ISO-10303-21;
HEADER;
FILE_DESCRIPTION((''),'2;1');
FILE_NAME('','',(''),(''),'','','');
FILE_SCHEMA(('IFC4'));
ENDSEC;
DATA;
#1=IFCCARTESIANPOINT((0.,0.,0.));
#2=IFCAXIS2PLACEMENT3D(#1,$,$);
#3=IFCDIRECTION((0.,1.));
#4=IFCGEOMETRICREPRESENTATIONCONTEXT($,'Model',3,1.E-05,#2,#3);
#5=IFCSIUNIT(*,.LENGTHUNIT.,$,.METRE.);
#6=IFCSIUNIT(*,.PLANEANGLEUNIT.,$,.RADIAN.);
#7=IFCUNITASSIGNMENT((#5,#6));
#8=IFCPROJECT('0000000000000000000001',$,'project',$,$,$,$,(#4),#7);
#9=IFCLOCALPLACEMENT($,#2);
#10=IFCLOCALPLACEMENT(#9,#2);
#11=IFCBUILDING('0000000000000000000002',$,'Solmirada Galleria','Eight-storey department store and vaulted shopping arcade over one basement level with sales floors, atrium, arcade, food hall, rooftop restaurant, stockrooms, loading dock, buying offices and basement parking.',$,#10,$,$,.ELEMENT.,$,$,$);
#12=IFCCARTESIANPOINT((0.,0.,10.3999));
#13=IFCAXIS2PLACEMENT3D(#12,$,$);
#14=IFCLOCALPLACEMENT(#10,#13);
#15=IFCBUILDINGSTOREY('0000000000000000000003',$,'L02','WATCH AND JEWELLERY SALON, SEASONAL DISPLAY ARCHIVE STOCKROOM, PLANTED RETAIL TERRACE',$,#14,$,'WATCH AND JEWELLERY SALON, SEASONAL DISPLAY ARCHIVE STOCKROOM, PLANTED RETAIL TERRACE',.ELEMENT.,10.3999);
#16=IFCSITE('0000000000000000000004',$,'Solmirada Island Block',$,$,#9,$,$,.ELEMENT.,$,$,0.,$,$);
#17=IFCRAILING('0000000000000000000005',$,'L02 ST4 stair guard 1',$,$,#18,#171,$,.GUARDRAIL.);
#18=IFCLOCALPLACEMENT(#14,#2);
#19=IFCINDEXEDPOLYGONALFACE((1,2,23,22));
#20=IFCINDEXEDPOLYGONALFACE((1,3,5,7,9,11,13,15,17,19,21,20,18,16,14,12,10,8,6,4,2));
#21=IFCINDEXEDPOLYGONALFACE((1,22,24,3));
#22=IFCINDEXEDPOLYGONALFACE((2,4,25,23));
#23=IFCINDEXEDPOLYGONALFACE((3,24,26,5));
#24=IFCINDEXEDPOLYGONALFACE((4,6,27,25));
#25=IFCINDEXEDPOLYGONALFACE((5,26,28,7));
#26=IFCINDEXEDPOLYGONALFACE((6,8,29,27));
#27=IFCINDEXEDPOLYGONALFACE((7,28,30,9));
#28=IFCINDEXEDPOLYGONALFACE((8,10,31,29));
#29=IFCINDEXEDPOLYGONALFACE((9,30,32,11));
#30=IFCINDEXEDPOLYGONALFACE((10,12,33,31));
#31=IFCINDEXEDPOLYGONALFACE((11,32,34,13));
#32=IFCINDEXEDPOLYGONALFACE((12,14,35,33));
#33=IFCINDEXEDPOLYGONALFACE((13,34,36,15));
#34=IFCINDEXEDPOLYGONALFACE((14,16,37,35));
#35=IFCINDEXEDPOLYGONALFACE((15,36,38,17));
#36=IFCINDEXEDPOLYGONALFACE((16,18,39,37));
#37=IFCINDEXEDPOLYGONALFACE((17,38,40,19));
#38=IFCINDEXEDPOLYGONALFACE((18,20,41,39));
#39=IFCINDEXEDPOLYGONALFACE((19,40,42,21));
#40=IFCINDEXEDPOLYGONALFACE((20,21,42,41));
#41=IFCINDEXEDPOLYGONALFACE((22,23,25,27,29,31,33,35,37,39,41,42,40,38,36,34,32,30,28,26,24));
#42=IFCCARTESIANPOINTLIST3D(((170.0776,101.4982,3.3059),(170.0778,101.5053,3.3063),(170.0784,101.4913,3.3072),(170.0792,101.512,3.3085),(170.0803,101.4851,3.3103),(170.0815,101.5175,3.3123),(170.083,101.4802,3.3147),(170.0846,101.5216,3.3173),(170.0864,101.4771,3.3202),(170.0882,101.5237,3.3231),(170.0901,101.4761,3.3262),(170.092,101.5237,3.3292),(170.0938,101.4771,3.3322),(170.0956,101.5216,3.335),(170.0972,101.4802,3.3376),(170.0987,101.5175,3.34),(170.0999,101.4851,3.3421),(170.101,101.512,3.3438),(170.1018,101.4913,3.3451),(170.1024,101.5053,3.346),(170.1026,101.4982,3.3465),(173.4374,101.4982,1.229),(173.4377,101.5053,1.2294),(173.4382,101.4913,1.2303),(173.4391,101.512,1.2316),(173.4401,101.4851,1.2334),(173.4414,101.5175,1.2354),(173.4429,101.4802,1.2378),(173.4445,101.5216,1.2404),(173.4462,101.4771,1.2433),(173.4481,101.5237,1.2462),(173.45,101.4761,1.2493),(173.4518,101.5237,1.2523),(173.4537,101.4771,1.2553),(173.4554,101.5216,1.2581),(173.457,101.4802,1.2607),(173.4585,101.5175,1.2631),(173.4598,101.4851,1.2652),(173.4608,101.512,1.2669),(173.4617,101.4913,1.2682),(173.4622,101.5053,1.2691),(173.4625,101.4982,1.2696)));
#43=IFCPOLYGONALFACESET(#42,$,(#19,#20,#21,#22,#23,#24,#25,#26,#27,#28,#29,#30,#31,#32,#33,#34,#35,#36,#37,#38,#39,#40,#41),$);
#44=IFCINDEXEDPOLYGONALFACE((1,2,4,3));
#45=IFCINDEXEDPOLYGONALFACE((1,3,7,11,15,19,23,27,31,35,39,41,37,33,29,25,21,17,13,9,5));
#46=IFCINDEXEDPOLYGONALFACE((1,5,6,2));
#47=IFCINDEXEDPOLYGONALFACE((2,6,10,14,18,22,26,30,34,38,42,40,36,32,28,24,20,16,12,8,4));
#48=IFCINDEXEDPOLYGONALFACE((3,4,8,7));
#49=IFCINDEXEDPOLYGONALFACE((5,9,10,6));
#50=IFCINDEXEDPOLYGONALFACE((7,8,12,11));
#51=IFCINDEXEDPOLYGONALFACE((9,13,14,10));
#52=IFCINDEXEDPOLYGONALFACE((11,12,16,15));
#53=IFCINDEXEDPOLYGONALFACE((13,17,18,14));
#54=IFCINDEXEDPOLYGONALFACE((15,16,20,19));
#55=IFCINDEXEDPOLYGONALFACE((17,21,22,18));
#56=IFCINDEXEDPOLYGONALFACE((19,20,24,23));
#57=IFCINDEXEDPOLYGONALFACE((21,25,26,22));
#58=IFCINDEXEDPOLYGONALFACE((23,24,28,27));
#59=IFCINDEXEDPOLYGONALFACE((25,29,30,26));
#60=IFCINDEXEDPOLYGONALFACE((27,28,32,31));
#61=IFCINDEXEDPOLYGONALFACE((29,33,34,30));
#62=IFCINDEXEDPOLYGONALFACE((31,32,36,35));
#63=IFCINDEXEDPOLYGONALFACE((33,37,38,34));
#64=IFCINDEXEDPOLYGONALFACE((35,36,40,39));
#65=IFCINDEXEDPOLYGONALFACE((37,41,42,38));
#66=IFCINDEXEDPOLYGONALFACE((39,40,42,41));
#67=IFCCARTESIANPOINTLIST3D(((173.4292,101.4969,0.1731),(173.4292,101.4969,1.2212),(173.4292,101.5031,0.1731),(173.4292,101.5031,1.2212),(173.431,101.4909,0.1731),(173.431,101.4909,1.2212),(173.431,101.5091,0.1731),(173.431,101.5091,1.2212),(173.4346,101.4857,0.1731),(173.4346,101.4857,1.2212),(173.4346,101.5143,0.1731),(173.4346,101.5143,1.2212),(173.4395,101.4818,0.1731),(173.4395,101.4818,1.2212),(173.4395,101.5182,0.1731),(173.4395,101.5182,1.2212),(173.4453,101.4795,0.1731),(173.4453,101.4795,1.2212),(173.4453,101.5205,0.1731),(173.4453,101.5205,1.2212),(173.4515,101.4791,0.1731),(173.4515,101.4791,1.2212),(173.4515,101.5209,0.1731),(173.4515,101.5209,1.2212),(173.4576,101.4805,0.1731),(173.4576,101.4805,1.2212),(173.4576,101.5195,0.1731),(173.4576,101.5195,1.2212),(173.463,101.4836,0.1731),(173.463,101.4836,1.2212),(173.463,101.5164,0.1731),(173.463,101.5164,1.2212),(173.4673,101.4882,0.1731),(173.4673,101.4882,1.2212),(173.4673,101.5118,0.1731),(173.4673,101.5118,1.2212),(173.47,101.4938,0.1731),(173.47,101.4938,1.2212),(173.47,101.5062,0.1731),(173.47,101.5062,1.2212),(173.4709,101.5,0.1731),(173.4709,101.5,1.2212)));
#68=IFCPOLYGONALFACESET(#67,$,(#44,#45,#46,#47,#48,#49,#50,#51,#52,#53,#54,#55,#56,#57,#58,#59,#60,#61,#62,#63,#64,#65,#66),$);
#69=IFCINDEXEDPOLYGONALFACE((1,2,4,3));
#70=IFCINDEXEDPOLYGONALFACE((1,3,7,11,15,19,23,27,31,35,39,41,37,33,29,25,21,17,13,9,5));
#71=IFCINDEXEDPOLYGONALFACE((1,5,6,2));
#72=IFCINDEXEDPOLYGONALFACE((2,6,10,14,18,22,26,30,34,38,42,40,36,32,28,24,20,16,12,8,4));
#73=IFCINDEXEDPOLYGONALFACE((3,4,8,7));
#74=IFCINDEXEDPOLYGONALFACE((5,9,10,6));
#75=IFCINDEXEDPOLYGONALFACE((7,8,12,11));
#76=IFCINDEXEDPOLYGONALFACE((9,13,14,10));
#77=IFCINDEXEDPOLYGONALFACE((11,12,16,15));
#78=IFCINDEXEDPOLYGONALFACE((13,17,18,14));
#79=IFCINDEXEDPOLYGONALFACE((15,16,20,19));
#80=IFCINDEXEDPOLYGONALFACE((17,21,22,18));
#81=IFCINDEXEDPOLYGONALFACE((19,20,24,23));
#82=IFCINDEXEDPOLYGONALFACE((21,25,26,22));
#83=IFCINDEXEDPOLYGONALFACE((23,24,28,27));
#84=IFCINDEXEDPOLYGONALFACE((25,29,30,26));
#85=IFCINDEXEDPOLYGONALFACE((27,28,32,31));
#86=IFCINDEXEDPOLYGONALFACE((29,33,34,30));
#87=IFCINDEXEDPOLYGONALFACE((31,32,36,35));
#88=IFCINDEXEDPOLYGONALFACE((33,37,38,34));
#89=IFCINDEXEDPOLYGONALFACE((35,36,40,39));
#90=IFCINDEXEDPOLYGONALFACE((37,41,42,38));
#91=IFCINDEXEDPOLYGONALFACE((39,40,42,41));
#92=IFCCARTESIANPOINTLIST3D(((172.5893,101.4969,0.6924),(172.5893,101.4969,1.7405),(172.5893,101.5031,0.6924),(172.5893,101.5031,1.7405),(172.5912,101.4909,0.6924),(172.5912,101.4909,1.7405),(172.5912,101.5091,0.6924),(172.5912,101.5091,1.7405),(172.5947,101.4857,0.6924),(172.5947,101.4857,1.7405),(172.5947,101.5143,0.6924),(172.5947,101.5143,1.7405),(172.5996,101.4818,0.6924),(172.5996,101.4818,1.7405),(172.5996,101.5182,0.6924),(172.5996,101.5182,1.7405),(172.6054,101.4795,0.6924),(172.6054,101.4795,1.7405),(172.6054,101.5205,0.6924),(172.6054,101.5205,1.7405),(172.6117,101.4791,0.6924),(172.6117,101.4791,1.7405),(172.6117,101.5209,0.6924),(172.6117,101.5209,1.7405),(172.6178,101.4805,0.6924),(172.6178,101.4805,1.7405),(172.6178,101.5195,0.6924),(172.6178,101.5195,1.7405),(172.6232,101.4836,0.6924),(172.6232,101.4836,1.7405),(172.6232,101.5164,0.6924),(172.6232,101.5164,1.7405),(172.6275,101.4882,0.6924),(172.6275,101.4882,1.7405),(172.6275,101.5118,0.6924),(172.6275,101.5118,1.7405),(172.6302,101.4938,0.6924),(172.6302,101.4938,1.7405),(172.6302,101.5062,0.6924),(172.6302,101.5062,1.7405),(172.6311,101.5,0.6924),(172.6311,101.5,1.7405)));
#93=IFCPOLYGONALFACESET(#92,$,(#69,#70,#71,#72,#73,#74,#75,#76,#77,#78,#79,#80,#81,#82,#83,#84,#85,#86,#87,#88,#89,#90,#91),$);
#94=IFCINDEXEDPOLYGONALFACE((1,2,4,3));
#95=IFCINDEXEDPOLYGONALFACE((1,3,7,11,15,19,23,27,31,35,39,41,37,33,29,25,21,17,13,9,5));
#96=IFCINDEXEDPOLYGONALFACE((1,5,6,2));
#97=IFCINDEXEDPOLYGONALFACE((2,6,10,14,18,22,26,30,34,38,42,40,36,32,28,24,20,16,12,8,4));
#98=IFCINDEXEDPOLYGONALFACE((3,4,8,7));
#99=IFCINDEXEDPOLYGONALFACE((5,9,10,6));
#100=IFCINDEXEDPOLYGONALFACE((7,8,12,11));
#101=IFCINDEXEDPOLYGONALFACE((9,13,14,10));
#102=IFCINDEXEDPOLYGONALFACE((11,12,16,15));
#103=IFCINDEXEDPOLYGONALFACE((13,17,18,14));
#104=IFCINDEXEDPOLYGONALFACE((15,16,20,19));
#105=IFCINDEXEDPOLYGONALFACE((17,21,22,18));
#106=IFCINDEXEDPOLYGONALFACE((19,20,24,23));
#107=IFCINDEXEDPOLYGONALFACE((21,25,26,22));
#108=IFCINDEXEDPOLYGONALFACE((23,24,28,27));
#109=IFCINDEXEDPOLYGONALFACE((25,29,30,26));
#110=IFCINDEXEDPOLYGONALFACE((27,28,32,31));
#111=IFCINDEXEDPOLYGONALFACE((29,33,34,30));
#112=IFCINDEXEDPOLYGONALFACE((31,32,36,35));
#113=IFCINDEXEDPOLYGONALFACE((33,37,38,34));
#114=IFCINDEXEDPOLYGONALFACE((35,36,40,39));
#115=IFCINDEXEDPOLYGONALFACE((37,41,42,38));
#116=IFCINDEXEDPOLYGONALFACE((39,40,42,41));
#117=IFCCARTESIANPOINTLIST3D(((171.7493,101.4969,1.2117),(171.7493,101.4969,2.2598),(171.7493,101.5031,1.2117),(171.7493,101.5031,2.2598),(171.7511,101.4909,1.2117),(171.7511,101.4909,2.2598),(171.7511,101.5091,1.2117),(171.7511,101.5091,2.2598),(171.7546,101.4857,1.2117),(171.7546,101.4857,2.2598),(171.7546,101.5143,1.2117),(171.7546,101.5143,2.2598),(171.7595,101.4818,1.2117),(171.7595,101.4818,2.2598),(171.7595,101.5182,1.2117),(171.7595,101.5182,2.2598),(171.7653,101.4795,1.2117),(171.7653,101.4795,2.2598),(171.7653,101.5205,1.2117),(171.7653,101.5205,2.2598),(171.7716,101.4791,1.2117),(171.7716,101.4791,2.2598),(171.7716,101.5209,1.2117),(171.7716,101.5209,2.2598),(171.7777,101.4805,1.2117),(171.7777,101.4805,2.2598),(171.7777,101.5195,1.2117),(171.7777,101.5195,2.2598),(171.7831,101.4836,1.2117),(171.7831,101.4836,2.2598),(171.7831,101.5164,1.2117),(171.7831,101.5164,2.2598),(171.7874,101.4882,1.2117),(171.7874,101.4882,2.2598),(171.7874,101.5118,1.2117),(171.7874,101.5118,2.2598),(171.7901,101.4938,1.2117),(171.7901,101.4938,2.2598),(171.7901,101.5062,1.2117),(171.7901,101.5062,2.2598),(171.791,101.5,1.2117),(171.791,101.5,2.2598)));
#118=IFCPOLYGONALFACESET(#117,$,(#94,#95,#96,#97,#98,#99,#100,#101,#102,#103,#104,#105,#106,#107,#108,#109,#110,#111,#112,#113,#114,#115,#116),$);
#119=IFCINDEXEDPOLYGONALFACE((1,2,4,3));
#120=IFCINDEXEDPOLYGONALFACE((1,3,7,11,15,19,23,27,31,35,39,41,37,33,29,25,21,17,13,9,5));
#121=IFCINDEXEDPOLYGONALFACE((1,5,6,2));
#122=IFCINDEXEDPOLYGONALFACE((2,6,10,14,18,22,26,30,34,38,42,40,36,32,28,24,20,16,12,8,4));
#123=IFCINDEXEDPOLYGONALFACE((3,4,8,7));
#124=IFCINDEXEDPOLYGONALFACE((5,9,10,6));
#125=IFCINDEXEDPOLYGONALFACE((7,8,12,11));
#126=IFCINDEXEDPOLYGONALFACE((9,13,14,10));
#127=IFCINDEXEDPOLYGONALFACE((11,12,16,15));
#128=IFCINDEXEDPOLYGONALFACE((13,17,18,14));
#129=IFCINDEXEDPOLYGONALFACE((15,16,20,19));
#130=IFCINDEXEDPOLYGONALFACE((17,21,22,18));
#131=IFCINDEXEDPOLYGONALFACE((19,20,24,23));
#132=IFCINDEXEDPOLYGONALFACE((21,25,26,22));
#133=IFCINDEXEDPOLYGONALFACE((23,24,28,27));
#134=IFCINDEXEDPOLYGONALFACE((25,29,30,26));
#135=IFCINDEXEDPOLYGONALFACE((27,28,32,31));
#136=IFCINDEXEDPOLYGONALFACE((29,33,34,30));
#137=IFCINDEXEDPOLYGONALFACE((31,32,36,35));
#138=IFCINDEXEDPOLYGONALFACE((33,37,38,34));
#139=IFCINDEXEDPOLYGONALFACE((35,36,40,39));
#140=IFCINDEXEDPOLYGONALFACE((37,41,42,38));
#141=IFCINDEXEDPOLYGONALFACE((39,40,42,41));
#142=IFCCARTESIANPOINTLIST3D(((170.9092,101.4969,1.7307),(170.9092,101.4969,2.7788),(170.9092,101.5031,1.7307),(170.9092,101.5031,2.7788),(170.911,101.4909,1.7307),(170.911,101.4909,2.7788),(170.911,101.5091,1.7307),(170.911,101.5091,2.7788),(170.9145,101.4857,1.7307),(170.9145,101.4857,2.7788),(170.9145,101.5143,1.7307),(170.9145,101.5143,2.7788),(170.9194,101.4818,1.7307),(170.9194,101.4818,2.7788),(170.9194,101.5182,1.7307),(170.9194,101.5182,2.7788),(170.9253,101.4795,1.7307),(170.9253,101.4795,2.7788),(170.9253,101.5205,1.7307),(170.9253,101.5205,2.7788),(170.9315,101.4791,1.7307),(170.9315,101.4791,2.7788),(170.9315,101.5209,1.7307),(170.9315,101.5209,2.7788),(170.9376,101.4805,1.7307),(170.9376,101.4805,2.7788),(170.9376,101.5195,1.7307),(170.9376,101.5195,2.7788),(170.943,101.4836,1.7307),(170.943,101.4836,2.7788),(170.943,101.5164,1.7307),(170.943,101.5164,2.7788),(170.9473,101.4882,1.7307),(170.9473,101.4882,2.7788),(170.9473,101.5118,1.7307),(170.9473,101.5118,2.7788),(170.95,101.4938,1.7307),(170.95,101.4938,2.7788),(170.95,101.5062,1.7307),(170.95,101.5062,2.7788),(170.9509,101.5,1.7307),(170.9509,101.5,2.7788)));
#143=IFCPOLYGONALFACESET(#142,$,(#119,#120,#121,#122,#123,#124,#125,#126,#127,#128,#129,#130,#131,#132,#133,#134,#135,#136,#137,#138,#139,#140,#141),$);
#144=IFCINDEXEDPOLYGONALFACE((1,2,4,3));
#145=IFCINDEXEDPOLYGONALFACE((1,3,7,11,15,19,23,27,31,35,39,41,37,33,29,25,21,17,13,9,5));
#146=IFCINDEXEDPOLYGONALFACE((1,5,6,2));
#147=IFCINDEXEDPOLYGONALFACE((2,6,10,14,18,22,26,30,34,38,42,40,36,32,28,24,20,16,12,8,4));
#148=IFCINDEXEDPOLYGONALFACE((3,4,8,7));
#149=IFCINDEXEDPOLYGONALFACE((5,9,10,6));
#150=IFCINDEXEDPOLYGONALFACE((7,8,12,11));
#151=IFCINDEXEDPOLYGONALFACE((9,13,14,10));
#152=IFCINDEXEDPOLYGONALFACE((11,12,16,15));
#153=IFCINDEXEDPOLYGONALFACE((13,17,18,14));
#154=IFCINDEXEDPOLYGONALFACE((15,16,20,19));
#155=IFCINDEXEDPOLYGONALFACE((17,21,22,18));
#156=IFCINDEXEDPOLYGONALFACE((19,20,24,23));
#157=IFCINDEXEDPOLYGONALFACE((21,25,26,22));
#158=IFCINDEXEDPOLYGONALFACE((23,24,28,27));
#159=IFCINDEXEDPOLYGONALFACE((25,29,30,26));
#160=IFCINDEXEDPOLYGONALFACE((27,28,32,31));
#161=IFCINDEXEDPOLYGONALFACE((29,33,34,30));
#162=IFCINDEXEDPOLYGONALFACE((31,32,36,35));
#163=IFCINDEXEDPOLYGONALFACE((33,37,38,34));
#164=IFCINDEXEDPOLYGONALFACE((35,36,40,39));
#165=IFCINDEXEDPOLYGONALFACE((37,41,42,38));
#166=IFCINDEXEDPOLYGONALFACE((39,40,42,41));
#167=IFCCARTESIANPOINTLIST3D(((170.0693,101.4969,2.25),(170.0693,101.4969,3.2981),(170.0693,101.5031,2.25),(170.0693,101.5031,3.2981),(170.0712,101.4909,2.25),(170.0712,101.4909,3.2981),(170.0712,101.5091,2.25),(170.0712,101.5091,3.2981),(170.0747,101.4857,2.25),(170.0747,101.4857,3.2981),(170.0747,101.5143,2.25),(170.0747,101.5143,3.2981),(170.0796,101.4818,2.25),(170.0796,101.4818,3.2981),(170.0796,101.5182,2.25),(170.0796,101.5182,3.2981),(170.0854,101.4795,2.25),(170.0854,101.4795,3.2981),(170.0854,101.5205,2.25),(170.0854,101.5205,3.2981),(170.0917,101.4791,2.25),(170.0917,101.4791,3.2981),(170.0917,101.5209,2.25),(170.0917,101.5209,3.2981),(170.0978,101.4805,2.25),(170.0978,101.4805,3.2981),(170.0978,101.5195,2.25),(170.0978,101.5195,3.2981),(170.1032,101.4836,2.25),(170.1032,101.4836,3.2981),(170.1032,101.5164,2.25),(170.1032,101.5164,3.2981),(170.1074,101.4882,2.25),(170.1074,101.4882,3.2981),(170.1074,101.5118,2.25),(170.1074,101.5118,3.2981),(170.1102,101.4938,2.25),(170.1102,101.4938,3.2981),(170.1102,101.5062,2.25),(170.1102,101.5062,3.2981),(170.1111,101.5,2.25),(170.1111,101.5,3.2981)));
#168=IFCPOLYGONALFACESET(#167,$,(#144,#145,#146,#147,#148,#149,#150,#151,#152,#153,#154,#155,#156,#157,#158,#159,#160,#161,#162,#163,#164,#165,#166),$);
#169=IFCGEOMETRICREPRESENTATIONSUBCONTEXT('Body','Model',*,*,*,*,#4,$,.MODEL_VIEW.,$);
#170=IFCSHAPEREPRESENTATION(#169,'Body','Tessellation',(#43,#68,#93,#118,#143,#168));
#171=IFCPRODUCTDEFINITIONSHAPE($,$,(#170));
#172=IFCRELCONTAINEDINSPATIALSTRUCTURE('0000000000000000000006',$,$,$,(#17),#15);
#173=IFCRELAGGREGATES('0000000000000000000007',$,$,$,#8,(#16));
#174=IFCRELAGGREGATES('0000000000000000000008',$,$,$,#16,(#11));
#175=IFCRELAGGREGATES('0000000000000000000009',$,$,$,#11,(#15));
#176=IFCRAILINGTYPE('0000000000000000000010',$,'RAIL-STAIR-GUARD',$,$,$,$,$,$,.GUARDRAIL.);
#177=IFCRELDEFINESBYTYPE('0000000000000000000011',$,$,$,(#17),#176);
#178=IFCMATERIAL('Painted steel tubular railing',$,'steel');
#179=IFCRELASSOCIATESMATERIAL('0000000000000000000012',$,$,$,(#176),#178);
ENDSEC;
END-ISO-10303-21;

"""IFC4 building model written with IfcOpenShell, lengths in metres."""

from ifc_helpers import new_model, si_unit, direction, frame, origin, origin_2d, place, context, subcontext, project, spatial, circle, extrude, material, type_object, element, save


model = new_model("IFC4")

# Units and contexts
model_context = context("Model", 3, precision=1e-05, world=origin(), true_north=direction((0.0, 1.0)))
body_context = subcontext(model_context, "Body", "Model", "MODEL_VIEW")
ifc_project = project(units=[si_unit("LENGTHUNIT", "METRE"), si_unit("PLANEANGLEUNIT", "RADIAN")], contexts=[model_context])

# Site, building, storey
site_placement = place(None, origin())
site = spatial("IfcSite", under=ifc_project, at=site_placement, Name="Solmirada Island Block", CompositionType="ELEMENT", RefElevation=0.0)
building_placement = place(site_placement, origin())
building = spatial("IfcBuilding", under=site, at=building_placement, Name="Solmirada Galleria", Description="Eight-storey department store and vaulted shopping arcade over one basement level with sales floors, atrium, arcade, food hall, rooftop restaurant, stockrooms, loading dock, buying offices and basement parking.", CompositionType="ELEMENT")
storey_placement = place(building_placement, frame((0.0, 0.0, 10.3999)))
storey = spatial("IfcBuildingStorey", under=building, at=storey_placement, Name="L02", Description="WATCH AND JEWELLERY SALON, SEASONAL DISPLAY ARCHIVE STOCKROOM, PLANTED RETAIL TERRACE", LongName="WATCH AND JEWELLERY SALON, SEASONAL DISPLAY ARCHIVE STOCKROOM, PLANTED RETAIL TERRACE", CompositionType="ELEMENT", Elevation=10.3999)

# Railing
ifc_material_1 = material(Name="Painted steel tubular railing", Category="steel")
railing_type_1 = type_object("IfcRailingType", Name="RAIL-STAIR-GUARD", PredefinedType="GUARDRAIL", material=ifc_material_1)
railing_1_placement = place(storey_placement, frame((173.45, 101.5, 0.1731)))
element("IfcRailing", 1, at=railing_1_placement, inside=storey, type_object=railing_type_1, Name="L02 ST4 stair guard 1", PredefinedType="GUARDRAIL", context=body_context, shape_type="SweptSolid", body=[
    extrude(circle(Radius=0.0239, at=origin_2d()), frame((0.0, 0.0, 1.0762), z_axis=(-0.850606, 0.0, 0.525803), x_axis=(0.0, -1.0, 0.0)), (0.0, 0.0, 1.0), 3.95),
    extrude(circle(Radius=0.021, at=origin_2d()), origin(), (0.0, 0.0, 1.0), 1.0481),
    extrude(circle(Radius=0.021, at=origin_2d()), frame((-0.8398, 0.0, 0.5193)), (0.0, 0.0, 1.0), 1.0481),
    extrude(circle(Radius=0.021, at=origin_2d()), frame((-1.6799, 0.0, 1.0386)), (0.0, 0.0, 1.0), 1.0481),
    extrude(circle(Radius=0.021, at=origin_2d()), frame((-2.52, 0.0, 1.5576)), (0.0, 0.0, 1.0), 1.0481),
    extrude(circle(Radius=0.021, at=origin_2d()), frame((-3.3599, 0.0, 2.0769)), (0.0, 0.0, 1.0), 1.0481),
])

save(model, "model.ifc")
